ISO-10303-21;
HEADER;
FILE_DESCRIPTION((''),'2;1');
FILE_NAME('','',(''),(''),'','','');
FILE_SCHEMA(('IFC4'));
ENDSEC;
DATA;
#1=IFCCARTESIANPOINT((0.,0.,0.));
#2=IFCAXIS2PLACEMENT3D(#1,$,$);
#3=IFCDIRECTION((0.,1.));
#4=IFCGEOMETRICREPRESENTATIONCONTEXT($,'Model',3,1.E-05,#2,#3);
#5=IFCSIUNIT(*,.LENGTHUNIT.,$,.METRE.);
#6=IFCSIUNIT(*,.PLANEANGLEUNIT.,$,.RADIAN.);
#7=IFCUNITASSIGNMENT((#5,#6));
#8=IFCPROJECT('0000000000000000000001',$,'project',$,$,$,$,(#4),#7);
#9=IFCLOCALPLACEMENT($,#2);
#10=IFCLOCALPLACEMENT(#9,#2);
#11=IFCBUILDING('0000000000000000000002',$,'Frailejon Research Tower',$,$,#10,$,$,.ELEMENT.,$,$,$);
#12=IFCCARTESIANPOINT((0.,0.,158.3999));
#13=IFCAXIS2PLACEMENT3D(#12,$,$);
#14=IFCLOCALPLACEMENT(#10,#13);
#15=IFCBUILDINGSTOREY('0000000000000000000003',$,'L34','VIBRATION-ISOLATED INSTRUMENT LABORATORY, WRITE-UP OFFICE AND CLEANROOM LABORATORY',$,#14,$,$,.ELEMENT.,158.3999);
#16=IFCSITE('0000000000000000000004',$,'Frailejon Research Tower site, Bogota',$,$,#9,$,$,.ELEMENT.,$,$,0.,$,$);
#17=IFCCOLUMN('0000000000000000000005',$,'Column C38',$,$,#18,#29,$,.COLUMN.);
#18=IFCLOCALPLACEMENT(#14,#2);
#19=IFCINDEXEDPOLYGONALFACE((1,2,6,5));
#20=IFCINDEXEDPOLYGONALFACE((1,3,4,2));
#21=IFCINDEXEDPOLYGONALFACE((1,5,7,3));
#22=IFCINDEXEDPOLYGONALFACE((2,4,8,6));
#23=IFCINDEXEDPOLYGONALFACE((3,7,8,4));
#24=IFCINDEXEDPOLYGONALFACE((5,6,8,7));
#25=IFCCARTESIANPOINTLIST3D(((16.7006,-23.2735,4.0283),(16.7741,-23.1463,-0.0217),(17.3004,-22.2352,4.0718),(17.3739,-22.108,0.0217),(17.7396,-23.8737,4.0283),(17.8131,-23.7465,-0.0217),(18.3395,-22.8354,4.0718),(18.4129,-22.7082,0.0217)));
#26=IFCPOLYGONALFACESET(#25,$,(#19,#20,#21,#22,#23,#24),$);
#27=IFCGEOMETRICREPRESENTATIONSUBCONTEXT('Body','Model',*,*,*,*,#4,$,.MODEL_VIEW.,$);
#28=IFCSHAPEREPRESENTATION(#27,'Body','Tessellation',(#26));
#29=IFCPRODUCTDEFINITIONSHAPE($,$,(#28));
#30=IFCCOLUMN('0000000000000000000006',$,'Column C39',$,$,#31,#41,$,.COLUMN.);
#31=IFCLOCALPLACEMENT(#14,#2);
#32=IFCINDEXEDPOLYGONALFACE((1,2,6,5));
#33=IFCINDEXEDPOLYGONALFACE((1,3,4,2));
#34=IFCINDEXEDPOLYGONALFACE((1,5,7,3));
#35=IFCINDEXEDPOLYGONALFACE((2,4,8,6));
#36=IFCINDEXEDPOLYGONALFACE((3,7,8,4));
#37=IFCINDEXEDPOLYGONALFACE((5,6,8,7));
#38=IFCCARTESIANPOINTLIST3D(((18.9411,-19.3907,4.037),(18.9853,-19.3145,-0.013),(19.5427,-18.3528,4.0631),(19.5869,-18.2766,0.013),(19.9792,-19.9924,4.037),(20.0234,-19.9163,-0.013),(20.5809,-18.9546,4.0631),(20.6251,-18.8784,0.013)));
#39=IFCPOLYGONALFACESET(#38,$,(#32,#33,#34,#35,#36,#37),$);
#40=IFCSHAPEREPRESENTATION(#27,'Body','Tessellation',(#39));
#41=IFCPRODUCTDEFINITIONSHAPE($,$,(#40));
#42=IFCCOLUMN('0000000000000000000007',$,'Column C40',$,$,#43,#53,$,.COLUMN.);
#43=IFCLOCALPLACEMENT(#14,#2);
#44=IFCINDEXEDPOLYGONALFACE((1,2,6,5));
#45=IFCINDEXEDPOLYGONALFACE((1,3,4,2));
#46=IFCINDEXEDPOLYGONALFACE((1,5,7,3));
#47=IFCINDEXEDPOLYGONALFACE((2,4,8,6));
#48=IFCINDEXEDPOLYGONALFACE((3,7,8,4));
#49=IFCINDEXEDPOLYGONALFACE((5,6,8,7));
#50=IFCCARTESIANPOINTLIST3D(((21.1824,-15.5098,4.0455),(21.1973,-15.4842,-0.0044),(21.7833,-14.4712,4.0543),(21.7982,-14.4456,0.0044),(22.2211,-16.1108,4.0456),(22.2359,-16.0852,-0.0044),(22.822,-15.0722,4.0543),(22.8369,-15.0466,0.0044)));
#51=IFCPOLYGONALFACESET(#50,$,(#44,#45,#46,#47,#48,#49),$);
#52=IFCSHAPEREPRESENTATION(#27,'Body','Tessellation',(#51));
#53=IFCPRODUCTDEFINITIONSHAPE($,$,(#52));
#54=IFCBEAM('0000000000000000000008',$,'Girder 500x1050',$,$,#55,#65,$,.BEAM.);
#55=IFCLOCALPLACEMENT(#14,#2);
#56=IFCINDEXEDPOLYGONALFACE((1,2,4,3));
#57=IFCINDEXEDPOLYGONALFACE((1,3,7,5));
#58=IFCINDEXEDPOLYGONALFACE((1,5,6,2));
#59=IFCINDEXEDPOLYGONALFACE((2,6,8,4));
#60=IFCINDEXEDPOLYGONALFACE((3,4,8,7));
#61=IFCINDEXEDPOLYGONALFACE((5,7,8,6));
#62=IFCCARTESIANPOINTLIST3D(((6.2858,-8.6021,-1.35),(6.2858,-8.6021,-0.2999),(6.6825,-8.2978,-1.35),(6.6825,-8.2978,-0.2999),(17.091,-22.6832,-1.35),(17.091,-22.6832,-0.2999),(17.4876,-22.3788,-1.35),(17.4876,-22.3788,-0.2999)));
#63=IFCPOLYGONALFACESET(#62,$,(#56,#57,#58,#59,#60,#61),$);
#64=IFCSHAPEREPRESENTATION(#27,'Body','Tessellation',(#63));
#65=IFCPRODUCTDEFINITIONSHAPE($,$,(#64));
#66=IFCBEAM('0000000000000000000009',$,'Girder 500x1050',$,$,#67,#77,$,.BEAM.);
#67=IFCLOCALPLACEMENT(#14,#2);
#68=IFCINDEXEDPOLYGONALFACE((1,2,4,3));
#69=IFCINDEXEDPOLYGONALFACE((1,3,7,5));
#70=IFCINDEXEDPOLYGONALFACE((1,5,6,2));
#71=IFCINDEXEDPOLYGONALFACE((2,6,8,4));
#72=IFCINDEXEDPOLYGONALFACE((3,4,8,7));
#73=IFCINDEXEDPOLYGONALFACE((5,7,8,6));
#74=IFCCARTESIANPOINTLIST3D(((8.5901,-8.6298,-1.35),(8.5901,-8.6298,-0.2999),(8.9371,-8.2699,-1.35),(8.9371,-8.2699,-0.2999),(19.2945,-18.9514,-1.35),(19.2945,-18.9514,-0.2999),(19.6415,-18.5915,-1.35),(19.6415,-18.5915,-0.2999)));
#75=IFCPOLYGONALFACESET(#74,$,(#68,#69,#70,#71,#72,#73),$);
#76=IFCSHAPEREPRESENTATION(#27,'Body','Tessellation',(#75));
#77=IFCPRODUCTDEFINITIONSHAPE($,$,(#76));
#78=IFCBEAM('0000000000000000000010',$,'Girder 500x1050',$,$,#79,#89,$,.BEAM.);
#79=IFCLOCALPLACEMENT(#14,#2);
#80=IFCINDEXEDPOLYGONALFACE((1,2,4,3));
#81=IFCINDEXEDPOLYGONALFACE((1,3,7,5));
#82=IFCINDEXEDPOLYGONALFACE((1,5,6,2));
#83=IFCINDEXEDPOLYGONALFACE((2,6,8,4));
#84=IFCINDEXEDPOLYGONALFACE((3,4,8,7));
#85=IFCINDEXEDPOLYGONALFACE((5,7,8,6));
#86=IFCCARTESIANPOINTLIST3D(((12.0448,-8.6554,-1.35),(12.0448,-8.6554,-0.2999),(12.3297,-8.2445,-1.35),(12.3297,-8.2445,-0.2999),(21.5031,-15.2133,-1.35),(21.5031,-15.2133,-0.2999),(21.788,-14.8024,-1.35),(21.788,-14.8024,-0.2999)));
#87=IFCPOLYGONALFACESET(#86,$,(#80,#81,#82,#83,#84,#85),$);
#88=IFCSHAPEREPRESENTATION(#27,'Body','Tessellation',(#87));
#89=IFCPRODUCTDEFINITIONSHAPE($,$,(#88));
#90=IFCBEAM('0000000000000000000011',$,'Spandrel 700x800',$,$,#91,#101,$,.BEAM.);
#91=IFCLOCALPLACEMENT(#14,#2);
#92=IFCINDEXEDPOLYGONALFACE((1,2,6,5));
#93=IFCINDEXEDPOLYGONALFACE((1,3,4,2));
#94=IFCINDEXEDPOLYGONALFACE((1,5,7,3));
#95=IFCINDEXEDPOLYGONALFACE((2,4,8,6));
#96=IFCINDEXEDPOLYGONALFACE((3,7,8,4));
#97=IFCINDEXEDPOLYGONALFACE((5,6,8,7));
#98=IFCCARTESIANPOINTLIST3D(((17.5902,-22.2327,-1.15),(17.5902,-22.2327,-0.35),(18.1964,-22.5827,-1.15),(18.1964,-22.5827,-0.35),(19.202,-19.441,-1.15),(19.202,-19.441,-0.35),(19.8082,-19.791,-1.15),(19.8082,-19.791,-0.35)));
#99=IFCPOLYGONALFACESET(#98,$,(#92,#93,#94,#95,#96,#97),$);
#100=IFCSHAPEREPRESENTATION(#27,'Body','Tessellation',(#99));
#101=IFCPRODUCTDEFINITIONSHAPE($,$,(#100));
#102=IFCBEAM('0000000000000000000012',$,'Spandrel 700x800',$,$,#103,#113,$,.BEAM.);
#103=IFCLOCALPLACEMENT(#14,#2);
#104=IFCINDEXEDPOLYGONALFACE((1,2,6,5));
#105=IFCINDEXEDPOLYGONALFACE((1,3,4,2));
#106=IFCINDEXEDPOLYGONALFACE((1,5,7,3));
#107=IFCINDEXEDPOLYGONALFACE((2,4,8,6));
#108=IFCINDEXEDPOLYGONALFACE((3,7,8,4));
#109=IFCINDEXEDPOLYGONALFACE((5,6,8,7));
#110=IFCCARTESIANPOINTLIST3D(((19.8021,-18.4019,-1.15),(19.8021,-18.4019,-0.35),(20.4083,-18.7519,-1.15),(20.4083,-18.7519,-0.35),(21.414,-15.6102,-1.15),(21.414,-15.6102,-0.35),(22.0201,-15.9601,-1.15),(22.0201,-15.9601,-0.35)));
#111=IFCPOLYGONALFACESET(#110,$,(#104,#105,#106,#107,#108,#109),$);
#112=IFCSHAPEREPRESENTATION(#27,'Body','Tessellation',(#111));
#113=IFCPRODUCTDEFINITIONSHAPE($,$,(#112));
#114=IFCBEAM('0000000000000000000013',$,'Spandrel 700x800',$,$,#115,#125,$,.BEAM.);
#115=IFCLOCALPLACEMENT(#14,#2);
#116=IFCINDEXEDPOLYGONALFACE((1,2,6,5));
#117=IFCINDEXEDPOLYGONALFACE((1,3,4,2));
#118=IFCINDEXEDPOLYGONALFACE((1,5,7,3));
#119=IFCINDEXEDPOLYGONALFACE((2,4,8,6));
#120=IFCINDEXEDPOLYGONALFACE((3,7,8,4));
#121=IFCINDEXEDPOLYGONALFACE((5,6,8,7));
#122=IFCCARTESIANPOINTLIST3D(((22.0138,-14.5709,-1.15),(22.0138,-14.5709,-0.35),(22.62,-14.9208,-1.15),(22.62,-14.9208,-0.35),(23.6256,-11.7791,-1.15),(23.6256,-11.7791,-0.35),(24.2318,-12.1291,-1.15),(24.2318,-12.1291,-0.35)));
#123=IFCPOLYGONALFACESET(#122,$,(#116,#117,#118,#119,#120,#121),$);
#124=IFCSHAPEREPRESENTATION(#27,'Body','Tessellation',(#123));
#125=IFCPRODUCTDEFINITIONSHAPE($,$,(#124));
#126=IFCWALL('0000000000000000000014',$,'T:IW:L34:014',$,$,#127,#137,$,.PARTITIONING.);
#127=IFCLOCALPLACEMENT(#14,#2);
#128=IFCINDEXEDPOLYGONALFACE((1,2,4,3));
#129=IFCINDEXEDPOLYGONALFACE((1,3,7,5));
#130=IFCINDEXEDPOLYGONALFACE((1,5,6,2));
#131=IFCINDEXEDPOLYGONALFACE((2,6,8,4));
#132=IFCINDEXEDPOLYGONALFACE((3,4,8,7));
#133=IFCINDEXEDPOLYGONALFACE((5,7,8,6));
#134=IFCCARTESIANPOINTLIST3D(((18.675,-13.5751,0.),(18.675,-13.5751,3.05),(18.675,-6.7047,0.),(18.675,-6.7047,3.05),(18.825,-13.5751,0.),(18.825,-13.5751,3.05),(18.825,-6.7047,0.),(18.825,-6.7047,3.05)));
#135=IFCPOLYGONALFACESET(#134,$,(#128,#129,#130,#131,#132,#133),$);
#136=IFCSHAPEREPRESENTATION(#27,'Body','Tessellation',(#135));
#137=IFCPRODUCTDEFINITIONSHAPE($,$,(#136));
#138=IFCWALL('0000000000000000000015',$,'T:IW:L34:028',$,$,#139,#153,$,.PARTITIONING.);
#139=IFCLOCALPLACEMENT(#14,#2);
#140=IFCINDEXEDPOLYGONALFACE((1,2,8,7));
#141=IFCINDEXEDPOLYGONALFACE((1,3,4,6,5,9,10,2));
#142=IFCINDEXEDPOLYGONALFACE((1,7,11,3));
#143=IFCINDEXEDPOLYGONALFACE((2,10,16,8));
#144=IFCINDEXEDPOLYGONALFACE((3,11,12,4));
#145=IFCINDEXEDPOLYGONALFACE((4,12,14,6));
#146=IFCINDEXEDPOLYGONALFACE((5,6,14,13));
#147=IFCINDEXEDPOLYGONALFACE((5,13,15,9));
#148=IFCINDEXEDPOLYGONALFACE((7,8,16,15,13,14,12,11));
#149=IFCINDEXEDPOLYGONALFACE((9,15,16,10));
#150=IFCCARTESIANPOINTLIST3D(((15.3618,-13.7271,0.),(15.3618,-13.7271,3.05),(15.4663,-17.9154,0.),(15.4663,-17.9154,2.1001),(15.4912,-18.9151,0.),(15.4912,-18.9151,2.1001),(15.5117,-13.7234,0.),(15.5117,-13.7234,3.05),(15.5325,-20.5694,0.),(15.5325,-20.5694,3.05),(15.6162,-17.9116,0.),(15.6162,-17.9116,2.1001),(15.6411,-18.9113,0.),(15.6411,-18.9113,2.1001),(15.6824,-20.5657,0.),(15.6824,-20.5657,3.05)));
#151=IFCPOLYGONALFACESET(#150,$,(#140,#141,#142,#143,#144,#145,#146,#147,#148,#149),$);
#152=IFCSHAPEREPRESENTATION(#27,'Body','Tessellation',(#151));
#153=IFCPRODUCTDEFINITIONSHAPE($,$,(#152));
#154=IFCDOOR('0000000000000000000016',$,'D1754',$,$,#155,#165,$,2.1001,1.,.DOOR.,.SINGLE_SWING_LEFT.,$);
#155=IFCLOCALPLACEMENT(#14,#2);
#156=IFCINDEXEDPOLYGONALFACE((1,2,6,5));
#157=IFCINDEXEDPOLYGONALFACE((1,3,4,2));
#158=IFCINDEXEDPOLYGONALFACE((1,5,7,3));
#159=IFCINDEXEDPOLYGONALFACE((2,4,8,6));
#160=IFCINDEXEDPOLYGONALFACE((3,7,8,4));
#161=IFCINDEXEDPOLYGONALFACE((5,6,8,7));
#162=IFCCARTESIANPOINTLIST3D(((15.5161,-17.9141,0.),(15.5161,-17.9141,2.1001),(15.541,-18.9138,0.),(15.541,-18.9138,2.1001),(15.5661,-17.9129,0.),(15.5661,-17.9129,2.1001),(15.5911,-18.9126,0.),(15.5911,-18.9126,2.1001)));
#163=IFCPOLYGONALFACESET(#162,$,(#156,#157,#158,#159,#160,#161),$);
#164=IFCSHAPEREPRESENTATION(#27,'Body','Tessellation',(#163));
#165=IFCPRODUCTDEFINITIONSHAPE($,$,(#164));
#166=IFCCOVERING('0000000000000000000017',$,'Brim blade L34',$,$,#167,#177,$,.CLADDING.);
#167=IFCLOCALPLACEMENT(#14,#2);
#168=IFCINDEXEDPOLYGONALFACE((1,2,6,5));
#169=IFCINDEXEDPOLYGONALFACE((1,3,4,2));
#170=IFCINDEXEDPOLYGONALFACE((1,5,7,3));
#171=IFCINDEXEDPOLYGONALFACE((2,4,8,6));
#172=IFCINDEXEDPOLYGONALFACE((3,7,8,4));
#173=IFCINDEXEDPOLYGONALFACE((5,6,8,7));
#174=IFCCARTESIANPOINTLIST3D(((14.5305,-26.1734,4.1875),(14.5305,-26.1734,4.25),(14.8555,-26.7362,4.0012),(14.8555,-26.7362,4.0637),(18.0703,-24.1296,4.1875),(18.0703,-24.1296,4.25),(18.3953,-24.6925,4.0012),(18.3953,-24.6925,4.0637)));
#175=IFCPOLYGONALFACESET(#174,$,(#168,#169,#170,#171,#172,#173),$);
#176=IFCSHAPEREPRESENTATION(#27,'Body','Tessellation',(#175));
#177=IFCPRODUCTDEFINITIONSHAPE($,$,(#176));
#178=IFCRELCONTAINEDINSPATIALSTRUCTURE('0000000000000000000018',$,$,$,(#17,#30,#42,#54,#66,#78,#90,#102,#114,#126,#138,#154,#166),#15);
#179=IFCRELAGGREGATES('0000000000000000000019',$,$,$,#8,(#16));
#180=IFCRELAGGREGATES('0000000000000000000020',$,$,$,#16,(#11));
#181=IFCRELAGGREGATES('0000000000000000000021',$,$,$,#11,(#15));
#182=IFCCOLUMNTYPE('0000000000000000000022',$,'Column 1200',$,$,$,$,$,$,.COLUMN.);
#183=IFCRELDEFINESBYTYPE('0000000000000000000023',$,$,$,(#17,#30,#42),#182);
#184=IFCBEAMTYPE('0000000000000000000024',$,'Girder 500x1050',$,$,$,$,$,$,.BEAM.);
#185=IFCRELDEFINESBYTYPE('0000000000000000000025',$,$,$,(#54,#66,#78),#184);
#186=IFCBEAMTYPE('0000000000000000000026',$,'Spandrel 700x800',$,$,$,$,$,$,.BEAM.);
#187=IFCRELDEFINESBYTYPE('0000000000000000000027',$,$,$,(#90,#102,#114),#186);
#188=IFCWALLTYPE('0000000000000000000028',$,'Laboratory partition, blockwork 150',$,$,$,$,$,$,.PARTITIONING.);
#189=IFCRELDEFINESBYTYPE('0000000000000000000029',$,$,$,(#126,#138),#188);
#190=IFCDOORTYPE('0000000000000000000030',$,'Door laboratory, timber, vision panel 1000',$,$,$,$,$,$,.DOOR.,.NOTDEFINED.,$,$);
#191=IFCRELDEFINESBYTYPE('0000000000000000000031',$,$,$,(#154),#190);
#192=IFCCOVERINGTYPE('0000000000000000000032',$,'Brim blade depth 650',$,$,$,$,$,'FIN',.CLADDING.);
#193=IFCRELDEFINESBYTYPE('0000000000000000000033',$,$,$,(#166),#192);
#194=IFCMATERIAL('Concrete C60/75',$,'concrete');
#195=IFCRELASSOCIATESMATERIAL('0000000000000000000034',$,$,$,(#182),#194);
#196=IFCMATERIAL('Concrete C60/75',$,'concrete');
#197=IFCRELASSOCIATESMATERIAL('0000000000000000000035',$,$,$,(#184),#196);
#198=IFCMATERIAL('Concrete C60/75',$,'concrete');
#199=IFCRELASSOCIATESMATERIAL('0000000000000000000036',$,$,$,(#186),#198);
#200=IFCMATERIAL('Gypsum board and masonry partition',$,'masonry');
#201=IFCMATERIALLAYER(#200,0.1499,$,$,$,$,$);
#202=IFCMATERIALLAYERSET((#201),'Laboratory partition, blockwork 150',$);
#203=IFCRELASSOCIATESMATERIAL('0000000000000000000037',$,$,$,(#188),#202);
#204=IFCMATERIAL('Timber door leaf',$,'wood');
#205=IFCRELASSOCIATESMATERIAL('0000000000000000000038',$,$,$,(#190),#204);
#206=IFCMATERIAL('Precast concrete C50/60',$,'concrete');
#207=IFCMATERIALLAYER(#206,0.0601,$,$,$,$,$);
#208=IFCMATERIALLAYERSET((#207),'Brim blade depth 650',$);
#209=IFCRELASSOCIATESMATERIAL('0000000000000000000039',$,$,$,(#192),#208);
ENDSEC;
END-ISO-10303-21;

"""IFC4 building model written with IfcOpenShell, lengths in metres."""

from ifc_helpers import new_model, si_unit, direction, frame, frame_2d, origin, origin_2d, place, context, subcontext, project, spatial, polyline, rectangle, outline, extrude, material, layer, layer_set, material_profile, profile_set, type_object, element, fill, save


model = new_model("IFC4")

# Units and contexts
model_context = context("Model", 3, precision=1e-05, world=origin(), true_north=direction((0.0, 1.0)))
body_context = subcontext(model_context, "Body", "Model", "MODEL_VIEW")
ifc_project = project(units=[si_unit("LENGTHUNIT", "METRE"), si_unit("PLANEANGLEUNIT", "RADIAN")], contexts=[model_context])

# Site, building, storey
site_placement = place(None, origin())
site = spatial("IfcSite", under=ifc_project, at=site_placement, Name="Frailejon Research Tower site, Bogota", CompositionType="ELEMENT", RefElevation=0.0)
building_placement = place(site_placement, origin())
building = spatial("IfcBuilding", under=site, at=building_placement, Name="Frailejon Research Tower", CompositionType="ELEMENT")
storey_placement = place(building_placement, frame((0.0, 0.0, 158.3999)))
storey = spatial("IfcBuildingStorey", under=building, at=storey_placement, Name="L34", Description="VIBRATION-ISOLATED INSTRUMENT LABORATORY, WRITE-UP OFFICE AND CLEANROOM LABORATORY", CompositionType="ELEMENT", Elevation=158.3999)

# Columns
ifc_material_1 = material(Name="Concrete C60/75", Category="concrete")
ifc_material_profile_1 = material_profile(ifc_material_1, rectangle(XDim=1.2, YDim=1.2, at=origin_2d()), Name="Column 1200")
ifc_profile_set_1 = profile_set([ifc_material_profile_1], Name="Concrete C60/75")
column_type = type_object("IfcColumnType", Name="Column 1200", PredefinedType="COLUMN", material=ifc_profile_set_1)
column_1_placement = place(storey_placement, frame((17.5935, -22.9272, 0.0), z_axis=(-0.018133, -0.031386, 0.999343), x_axis=(0.499873, 0.86534, 0.036247)))
element("IfcColumn", 1, at=column_1_placement, inside=storey, type_object=column_type, Name="Column C38", PredefinedType="COLUMN", context=body_context, shape_type="SweptSolid", body=[
    extrude(rectangle(XDim=1.2, YDim=1.2, at=origin_2d()), origin(), (0.0, 0.0, 1.0), 4.0527),
])
column_2_placement = place(storey_placement, frame((19.8052, -19.0964, 0.0), z_axis=(-0.010908, -0.018803, 0.999764), x_axis=(0.501388, 0.864949, 0.021738)))
element("IfcColumn", 2, at=column_2_placement, inside=storey, type_object=column_type, Name="Column C39", PredefinedType="COLUMN", context=body_context, shape_type="SweptSolid", body=[
    extrude(rectangle(XDim=1.2, YDim=1.2, at=origin_2d()), origin(), (0.0, 0.0, 1.0), 4.051),
])
column_3_placement = place(storey_placement, frame((22.0171, -15.2654, 0.0), z_axis=(-0.003677, -0.006329, 0.999973), x_axis=(0.500791, 0.865537, 0.00732)))
element("IfcColumn", 3, at=column_3_placement, inside=storey, type_object=column_type, Name="Column C40", PredefinedType="COLUMN", context=body_context, shape_type="SweptSolid", body=[
    extrude(rectangle(XDim=1.2, YDim=1.2, at=origin_2d()), origin(), (0.0, 0.0, 1.0), 4.05),
])

# Beams
ifc_material_2 = material(Name="Concrete C60/75", Category="concrete")
ifc_material_profile_2 = material_profile(ifc_material_2, rectangle(XDim=0.5, YDim=1.05, at=origin_2d()), Name="Girder 500x1050")
ifc_profile_set_2 = profile_set([ifc_material_profile_2], Name="Concrete C60/75")
beam_type_1 = type_object("IfcBeamType", Name="Girder 500x1050", PredefinedType="BEAM", material=ifc_profile_set_2)
beam_1_placement = place(storey_placement, frame((17.2893, -22.531, -0.825), z_axis=(-0.608776, 0.793342, 0.0), x_axis=(-0.793342, -0.608776, 0.0)))
element("IfcBeam", 4, at=beam_1_placement, inside=storey, type_object=beam_type_1, Name="Girder 500x1050", PredefinedType="BEAM", context=body_context, shape_type="SweptSolid", body=[
    extrude(rectangle(XDim=0.5, YDim=1.05, at=origin_2d()), origin(), (0.0, 0.0, 1.0), 17.749),
])
beam_2_placement = place(storey_placement, frame((19.468, -18.7715, -0.825), z_axis=(-0.719862, 0.694118, 0.0), x_axis=(-0.694118, -0.719862, 0.0)))
element("IfcBeam", 5, at=beam_2_placement, inside=storey, type_object=beam_type_1, Name="Girder 500x1050", PredefinedType="BEAM", context=body_context, shape_type="SweptSolid", body=[
    extrude(rectangle(XDim=0.5, YDim=1.05, at=origin_2d()), origin(), (0.0, 0.0, 1.0), 14.8701),
])
beam_3_placement = place(storey_placement, frame((21.6455, -15.0078, -0.825), z_axis=(-0.821792, 0.569788, 0.0), x_axis=(-0.569788, -0.821792, 0.0)))
element("IfcBeam", 6, at=beam_3_placement, inside=storey, type_object=beam_type_1, Name="Girder 500x1050", PredefinedType="BEAM", context=body_context, shape_type="SweptSolid", body=[
    extrude(rectangle(XDim=0.5, YDim=1.05, at=origin_2d()), origin(), (0.0, 0.0, 1.0), 11.5093),
])
ifc_material_3 = material(Name="Concrete C60/75", Category="concrete")
ifc_material_profile_3 = material_profile(ifc_material_3, rectangle(XDim=0.7, YDim=0.8, at=origin_2d()), Name="Spandrel 700x800")
ifc_profile_set_3 = profile_set([ifc_material_profile_3], Name="Concrete C60/75")
beam_type_2 = type_object("IfcBeamType", Name="Spandrel 700x800", PredefinedType="BEAM", material=ifc_profile_set_3)
for number, where, z_axis, x_axis, name in (
    (7, (17.8933, -22.4077, -0.75), (0.5, 0.866025, 0.0), (-0.866025, 0.5, 0.0), "Spandrel 700x800"),
    (8, (20.1052, -18.5769, -0.75), (0.5, 0.866025, 0.0), (-0.866025, 0.5, 0.0), "Spandrel 700x800"),
    (9, (22.3169, -14.7458, -0.75), (0.5, 0.866025, 0.0), (-0.866025, 0.5, 0.0), "Spandrel 700x800"),
):
    element("IfcBeam", number, at=place(storey_placement, frame(where, z_axis=z_axis, x_axis=x_axis)), inside=storey, type_object=beam_type_2, Name=name, PredefinedType="BEAM", context=body_context, shape_type="SweptSolid", body=[
        extrude(rectangle(XDim=0.7, YDim=0.8, at=origin_2d()), origin(), (0.0, 0.0, 1.0), 3.2236),
    ])

# Wall
ifc_material_4 = material(Name="Gypsum board and masonry partition", Category="masonry")
ifc_layer_1 = layer(ifc_material_4, 0.1499)
ifc_layer_set_1 = layer_set([ifc_layer_1], Name="Laboratory partition, blockwork 150")
wall_type_1 = type_object("IfcWallType", Name="Laboratory partition, blockwork 150", PredefinedType="PARTITIONING", material=ifc_layer_set_1)
wall_1_placement = place(storey_placement, frame((18.75, -13.575, 0.0), z_axis=(0.0, 0.0, 1.0), x_axis=(0.0, 1.0, 0.0)))
element("IfcWall", 10, at=wall_1_placement, inside=storey, type_object=wall_type_1, Name="T:IW:L34:014", PredefinedType="PARTITIONING", context=body_context, shape_type="SweptSolid", body=[
    extrude(rectangle(XDim=6.8704, YDim=0.1499, at=frame_2d((3.4351, 0.0))), origin(), (0.0, 0.0, 1.0), 3.05),
])

# Wall, opening, door
wall_2_placement = place(storey_placement, frame((15.4368, -13.7251, 0.0), z_axis=(0.0, 0.0, 1.0), x_axis=(0.024933, -0.999689, 0.0)))
wall_2 = element("IfcWall", 11, at=wall_2_placement, inside=storey, type_object=wall_type_1, Name="T:IW:L34:028", PredefinedType="PARTITIONING", context=body_context, shape_type="SweptSolid", body=[
    extrude(rectangle(XDim=6.8445, YDim=0.1499, at=frame_2d((3.4224, 0.0))), origin(), (0.0, 0.0, 1.0), 3.05),
])
opening_1_placement = place(wall_2_placement, frame((4.1897, 0.0, 0.0)))
opening_1 = element("IfcOpeningElement", 12, at=opening_1_placement, cuts=wall_2, PredefinedType="OPENING", context=body_context, shape_type="SweptSolid", body=[
    extrude(rectangle(XDim=1.0, YDim=2.1001, at=frame_2d((0.5, 1.05))), frame((0.0, 0.085, 0.0), z_axis=(0.0, -1.0, 0.0), x_axis=(1.0, 0.0, 0.0)), (0.0, 0.0, 1.0), 0.1699),
])
ifc_material_5 = material(Name="Timber door leaf", Category="wood")
door_type_1 = type_object("IfcDoorType", Name="Door laboratory, timber, vision panel 1000", OperationType="NOTDEFINED", PredefinedType="DOOR", material=ifc_material_5)
door_1_placement = place(opening_1_placement, origin())
door_1 = element("IfcDoor", 13, at=door_1_placement, inside=storey, type_object=door_type_1, Name="D1754", OperationType="SINGLE_SWING_LEFT", OverallHeight=2.1001, OverallWidth=1.0, PredefinedType="DOOR", context=body_context, shape_type="SweptSolid", body=[
    extrude(rectangle(XDim=1.0, YDim=2.1001, at=frame_2d((0.5, 1.05))), frame((0.0, 0.0249, 0.0), z_axis=(0.0, -1.0, 0.0), x_axis=(1.0, 0.0, 0.0)), (0.0, 0.0, 1.0), 0.05),
])
fill(opening_1, door_1)

# Covering
ifc_material_6 = material(Name="Precast concrete C50/60", Category="concrete")
ifc_layer_2 = layer(ifc_material_6, 0.0601)
ifc_layer_set_2 = layer_set([ifc_layer_2], Name="Brim blade depth 650")
covering_type_1 = type_object("IfcCoveringType", Name="Brim blade depth 650", ElementType="FIN", PredefinedType="CLADDING", material=ifc_layer_set_2)
covering_1_placement = place(storey_placement, frame((18.0703, -24.1296, 4.25), z_axis=(-0.866021, -0.500007, 0.0), x_axis=(0.500007, -0.866021, 0.0)))
element("IfcCovering", 14, at=covering_1_placement, inside=storey, type_object=covering_type_1, Name="Brim blade L34", PredefinedType="CLADDING", context=body_context, shape_type="SweptSolid", body=[
    extrude(outline(polyline([(0.0, -0.0625), (0.6499, -0.2488), (0.6499, -0.1863), (0.0, 0.0), (0.0, -0.0625)])), origin(), (0.0, 0.0, 1.0), 4.0874),
])

save(model, "model.ifc")
